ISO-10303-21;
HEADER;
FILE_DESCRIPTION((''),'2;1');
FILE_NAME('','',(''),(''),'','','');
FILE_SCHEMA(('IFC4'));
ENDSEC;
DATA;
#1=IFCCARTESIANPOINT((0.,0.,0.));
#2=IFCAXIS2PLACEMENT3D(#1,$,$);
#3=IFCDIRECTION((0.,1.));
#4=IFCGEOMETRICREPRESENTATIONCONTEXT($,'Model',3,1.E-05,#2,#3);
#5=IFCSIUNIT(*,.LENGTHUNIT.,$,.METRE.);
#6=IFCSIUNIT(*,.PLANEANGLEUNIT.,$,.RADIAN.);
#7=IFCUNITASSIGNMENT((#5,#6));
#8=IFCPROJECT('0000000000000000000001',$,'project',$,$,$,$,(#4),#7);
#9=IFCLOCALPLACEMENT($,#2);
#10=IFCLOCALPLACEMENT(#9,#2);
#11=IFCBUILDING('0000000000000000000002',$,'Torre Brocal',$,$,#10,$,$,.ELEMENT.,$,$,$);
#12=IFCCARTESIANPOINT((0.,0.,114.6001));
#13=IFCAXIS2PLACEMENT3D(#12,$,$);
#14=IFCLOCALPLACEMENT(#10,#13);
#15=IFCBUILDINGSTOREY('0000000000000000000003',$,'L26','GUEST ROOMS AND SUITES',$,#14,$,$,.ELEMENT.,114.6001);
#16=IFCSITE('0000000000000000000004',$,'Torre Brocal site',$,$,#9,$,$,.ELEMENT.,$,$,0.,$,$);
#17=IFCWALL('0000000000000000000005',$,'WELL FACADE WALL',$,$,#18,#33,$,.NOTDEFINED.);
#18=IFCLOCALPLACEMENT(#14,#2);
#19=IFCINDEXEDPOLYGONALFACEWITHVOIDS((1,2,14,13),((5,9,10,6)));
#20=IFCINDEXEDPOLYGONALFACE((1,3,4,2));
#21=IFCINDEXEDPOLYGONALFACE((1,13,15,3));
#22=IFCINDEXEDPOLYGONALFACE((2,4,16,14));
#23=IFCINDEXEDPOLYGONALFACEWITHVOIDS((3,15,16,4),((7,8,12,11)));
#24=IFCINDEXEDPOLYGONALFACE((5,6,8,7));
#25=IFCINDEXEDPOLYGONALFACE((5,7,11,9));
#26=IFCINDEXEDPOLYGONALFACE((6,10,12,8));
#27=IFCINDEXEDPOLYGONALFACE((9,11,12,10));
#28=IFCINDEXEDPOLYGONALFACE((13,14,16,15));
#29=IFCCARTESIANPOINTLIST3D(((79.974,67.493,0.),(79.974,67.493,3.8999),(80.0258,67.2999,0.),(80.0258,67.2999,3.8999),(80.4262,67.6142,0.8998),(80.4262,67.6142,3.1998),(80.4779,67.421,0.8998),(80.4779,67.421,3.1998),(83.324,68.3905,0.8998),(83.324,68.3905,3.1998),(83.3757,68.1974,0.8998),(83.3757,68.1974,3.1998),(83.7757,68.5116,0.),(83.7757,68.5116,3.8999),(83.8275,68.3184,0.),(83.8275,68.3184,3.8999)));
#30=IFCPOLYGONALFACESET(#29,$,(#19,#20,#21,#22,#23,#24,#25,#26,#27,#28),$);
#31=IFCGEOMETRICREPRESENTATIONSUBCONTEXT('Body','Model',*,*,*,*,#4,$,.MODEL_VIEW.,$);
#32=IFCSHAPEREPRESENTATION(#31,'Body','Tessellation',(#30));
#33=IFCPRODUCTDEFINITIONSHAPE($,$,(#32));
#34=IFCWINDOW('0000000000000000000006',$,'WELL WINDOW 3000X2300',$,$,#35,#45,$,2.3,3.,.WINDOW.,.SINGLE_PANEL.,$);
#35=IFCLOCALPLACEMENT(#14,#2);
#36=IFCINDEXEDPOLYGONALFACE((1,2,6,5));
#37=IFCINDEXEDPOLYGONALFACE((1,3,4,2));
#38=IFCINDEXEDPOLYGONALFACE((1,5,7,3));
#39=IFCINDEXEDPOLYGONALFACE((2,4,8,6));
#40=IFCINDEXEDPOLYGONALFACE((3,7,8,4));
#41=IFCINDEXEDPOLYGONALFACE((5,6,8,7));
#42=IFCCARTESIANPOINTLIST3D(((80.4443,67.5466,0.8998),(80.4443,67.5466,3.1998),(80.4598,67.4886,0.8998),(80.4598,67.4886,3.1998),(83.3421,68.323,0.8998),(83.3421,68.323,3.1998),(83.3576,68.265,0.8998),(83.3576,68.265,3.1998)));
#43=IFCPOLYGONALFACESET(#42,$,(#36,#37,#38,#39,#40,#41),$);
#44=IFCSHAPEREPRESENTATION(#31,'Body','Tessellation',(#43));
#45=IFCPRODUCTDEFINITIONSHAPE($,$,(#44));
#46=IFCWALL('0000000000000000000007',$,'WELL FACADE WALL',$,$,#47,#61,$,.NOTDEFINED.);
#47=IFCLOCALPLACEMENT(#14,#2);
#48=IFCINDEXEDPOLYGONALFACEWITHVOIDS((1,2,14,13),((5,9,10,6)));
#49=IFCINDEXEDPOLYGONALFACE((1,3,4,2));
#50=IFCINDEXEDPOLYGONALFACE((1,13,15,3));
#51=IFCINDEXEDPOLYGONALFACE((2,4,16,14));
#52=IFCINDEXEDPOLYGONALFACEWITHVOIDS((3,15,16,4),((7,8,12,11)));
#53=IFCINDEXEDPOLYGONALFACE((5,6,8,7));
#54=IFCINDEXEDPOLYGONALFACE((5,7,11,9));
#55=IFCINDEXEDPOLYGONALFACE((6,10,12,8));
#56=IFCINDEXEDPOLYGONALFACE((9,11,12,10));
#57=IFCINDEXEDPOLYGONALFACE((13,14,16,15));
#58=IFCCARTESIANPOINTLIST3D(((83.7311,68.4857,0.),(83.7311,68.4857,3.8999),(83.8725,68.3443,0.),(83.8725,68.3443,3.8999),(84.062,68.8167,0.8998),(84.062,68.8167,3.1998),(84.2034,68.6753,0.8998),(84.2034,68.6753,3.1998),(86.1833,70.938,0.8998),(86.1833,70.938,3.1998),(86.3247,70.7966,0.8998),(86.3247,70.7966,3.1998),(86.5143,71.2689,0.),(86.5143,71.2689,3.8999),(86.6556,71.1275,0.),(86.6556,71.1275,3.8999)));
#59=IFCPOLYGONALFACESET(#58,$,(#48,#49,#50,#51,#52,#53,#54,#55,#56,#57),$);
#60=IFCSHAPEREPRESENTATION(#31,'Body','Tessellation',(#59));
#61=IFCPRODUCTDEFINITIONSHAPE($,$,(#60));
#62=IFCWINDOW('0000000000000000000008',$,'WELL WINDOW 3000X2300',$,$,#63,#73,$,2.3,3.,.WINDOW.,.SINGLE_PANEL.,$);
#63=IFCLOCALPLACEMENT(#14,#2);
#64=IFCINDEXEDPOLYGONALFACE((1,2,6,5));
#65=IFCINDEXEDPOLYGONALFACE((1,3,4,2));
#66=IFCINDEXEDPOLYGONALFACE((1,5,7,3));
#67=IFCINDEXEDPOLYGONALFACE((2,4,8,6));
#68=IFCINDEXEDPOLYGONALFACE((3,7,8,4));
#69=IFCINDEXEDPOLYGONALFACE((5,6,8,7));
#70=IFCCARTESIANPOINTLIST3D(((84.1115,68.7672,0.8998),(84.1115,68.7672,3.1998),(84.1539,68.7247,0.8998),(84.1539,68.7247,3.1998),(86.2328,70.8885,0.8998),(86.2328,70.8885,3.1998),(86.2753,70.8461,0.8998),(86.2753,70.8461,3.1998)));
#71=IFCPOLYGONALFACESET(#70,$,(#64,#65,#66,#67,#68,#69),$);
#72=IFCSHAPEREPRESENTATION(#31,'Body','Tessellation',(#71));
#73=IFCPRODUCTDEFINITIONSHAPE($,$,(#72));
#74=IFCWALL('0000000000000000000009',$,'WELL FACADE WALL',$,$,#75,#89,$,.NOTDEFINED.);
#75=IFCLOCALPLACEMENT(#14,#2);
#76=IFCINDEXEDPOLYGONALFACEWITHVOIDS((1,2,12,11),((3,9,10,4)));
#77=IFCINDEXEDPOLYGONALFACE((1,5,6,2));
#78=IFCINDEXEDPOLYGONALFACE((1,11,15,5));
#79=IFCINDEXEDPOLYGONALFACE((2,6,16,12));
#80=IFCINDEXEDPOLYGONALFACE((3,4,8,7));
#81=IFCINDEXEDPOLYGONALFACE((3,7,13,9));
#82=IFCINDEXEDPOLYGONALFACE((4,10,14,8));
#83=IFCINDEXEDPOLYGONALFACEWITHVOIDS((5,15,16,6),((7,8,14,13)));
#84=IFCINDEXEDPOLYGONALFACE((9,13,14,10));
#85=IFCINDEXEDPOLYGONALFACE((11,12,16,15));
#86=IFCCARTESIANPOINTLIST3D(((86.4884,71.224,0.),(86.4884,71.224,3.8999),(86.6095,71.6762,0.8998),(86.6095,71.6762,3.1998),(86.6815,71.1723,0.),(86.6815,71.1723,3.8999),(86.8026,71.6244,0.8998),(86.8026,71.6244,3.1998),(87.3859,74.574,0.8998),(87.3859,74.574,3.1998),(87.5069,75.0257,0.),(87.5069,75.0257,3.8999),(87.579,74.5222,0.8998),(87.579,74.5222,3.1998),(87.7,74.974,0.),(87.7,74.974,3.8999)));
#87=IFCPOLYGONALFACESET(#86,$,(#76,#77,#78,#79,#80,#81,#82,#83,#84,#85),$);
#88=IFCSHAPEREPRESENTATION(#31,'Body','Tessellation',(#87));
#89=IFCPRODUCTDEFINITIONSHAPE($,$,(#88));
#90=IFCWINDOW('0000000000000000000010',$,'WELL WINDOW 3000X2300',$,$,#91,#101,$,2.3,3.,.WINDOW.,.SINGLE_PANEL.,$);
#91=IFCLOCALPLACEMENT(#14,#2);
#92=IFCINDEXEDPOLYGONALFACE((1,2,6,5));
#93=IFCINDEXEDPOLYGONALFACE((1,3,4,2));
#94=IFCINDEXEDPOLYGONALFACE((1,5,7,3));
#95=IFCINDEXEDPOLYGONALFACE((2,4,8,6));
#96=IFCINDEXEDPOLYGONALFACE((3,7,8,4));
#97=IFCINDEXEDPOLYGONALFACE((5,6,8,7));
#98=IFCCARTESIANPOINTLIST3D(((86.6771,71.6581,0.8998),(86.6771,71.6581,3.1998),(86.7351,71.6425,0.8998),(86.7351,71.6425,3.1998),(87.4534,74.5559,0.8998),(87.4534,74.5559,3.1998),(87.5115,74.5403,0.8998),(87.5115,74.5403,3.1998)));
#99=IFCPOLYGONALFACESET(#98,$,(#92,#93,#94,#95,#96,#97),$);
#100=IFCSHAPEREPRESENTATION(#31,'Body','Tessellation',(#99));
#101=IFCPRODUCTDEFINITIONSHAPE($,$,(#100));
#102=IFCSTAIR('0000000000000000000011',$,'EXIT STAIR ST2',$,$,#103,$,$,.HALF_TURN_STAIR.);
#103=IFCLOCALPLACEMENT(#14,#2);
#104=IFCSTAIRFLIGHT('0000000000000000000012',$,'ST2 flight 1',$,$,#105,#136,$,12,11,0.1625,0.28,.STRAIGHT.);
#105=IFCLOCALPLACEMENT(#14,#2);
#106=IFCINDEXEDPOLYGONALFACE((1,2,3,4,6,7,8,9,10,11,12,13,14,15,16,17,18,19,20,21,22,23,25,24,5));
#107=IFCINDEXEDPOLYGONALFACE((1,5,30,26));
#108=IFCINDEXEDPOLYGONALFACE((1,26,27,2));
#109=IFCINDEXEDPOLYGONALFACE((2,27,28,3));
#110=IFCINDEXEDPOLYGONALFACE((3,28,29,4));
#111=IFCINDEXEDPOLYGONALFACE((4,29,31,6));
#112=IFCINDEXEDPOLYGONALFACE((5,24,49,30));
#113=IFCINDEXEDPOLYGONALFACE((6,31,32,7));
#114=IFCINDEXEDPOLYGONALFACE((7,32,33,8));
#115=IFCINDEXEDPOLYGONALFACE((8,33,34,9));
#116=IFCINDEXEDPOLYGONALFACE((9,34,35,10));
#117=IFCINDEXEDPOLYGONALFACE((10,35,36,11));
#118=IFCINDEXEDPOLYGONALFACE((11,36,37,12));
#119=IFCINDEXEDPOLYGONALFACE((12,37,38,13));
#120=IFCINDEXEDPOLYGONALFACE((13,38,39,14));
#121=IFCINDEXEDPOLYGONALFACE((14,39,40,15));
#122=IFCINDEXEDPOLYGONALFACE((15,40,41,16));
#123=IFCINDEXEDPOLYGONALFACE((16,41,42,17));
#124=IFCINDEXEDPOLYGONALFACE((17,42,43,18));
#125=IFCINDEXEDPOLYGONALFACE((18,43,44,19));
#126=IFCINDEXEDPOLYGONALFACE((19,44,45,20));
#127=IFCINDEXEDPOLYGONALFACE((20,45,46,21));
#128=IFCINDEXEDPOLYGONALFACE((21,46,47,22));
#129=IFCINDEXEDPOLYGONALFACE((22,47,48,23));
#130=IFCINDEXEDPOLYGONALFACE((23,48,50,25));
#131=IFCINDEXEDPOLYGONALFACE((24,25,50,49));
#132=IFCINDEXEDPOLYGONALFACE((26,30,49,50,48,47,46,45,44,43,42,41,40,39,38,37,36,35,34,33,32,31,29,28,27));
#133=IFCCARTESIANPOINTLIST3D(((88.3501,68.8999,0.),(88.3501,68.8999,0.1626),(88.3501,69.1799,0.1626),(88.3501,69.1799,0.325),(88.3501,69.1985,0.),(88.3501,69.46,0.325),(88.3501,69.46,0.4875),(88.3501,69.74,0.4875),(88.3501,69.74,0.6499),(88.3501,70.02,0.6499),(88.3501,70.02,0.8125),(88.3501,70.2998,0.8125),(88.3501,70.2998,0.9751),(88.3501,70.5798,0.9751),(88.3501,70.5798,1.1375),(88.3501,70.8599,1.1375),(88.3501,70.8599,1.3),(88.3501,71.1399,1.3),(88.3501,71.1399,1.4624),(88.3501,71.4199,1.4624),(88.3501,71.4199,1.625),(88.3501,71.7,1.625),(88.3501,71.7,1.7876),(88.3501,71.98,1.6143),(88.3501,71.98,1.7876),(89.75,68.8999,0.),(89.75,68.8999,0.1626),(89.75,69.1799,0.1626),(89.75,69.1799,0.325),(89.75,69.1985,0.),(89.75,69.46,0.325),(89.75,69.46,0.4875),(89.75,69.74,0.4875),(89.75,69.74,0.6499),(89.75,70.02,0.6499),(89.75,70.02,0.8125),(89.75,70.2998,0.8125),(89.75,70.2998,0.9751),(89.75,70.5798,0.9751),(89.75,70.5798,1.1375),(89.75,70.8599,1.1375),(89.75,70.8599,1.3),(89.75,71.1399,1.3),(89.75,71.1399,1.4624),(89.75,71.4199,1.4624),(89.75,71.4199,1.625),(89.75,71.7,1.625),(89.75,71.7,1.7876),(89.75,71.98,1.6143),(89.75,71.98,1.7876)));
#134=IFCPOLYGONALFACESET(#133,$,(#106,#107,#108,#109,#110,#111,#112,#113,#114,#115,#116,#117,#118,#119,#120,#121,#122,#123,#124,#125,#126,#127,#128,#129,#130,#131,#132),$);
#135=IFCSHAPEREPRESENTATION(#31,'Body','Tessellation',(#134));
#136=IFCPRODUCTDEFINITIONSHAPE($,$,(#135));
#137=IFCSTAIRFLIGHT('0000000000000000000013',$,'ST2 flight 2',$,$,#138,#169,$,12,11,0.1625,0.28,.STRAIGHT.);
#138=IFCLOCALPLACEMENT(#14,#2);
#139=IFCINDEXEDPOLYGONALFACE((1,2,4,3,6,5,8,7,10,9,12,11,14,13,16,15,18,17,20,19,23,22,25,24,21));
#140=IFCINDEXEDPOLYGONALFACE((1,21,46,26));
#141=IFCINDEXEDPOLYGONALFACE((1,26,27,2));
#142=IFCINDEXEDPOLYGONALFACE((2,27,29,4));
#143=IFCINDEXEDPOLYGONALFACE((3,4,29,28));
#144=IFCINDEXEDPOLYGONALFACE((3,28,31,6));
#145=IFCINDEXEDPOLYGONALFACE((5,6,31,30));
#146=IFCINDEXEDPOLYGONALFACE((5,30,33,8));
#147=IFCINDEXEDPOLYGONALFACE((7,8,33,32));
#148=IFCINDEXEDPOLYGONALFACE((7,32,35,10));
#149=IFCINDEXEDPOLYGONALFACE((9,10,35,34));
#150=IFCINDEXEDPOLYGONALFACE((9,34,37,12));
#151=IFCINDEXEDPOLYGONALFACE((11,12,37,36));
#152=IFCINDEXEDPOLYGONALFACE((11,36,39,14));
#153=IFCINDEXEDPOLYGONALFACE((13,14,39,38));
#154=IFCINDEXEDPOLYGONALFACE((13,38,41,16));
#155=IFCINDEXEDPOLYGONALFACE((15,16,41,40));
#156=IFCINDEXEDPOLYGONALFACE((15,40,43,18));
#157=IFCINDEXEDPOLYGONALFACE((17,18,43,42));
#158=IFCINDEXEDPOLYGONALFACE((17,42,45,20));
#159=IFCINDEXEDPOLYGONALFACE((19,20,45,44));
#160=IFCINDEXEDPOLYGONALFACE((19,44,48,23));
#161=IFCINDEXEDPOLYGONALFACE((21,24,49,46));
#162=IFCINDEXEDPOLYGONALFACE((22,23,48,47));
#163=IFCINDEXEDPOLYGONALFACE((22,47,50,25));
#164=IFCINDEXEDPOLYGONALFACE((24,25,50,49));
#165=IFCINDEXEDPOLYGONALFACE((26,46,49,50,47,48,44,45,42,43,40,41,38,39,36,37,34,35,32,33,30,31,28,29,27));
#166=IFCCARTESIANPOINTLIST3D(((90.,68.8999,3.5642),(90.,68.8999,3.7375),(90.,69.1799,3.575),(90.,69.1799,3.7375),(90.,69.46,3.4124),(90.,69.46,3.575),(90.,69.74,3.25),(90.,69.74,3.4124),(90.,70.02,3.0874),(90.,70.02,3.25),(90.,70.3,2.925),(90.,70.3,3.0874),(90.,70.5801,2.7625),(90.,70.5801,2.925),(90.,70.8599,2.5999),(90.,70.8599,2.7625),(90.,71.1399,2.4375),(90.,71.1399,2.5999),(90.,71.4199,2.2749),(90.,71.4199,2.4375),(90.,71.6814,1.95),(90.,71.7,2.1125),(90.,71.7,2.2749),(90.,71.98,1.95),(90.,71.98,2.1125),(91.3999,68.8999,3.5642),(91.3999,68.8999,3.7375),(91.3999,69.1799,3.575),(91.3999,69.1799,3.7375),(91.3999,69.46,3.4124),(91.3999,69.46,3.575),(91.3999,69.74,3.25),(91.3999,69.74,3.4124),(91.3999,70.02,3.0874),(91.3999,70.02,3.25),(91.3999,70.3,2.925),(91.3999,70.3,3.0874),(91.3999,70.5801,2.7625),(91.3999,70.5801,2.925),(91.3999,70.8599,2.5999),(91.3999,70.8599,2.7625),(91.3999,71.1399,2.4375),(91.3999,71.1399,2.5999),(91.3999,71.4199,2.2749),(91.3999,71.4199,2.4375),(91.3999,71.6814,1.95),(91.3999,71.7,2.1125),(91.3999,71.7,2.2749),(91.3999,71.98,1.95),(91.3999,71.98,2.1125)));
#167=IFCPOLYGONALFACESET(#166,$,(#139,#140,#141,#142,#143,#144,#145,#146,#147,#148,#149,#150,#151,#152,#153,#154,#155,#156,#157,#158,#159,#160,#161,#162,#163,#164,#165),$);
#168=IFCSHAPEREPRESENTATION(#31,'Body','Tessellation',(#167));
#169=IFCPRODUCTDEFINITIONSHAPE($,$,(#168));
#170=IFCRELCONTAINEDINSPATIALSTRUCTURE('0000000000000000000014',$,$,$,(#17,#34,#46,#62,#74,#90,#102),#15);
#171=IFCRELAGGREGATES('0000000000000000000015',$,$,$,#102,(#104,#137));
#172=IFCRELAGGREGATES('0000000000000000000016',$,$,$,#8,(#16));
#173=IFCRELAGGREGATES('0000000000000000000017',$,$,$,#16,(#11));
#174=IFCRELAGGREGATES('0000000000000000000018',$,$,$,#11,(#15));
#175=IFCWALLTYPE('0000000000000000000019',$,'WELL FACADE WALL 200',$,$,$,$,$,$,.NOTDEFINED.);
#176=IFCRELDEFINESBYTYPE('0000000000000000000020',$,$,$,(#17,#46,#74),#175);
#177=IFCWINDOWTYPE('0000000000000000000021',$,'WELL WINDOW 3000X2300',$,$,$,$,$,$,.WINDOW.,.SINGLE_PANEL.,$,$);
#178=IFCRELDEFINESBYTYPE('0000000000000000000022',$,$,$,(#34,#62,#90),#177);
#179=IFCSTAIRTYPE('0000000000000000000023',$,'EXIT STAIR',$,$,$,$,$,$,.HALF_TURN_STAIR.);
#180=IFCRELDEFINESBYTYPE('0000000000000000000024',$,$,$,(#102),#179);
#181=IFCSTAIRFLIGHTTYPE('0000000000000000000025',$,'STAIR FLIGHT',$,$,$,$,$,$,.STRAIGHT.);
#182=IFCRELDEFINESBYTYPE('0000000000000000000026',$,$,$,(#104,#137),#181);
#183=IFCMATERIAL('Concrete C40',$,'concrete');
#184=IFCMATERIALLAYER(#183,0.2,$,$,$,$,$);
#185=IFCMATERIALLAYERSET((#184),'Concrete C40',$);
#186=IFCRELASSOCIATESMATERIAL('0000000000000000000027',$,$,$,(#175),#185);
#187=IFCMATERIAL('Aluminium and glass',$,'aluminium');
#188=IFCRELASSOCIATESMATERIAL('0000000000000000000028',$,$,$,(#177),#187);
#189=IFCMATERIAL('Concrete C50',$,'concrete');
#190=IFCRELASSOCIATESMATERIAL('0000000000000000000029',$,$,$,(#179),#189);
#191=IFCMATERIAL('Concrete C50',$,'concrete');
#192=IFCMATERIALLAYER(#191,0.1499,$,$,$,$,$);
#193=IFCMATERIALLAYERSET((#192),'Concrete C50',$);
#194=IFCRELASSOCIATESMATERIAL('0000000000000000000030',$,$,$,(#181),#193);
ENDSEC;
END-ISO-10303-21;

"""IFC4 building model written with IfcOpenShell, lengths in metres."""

from ifc_helpers import new_model, si_unit, direction, frame, frame_2d, origin, place, context, subcontext, project, spatial, polyline, rectangle, outline, extrude, material, layer, layer_set, type_object, element, fill, aggregate, save


model = new_model("IFC4")

# Units and contexts
model_context = context("Model", 3, precision=1e-05, world=origin(), true_north=direction((0.0, 1.0)))
body_context = subcontext(model_context, "Body", "Model", "MODEL_VIEW")
ifc_project = project(units=[si_unit("LENGTHUNIT", "METRE"), si_unit("PLANEANGLEUNIT", "RADIAN")], contexts=[model_context])

# Site, building, storey
site_placement = place(None, origin())
site = spatial("IfcSite", under=ifc_project, at=site_placement, Name="Torre Brocal site", CompositionType="ELEMENT", RefElevation=0.0)
building_placement = place(site_placement, origin())
building = spatial("IfcBuilding", under=site, at=building_placement, Name="Torre Brocal", CompositionType="ELEMENT")
storey_placement = place(building_placement, frame((0.0, 0.0, 114.6001)))
storey = spatial("IfcBuildingStorey", under=building, at=storey_placement, Name="L26", Description="GUEST ROOMS AND SUITES", CompositionType="ELEMENT", Elevation=114.6001)

# Walls, openings, windows
ifc_material_1 = material(Name="Concrete C40", Category="concrete")
ifc_layer_1 = layer(ifc_material_1, 0.2)
ifc_layer_set_1 = layer_set([ifc_layer_1], Name="Concrete C40")
wall_type_1 = type_object("IfcWallType", Name="WELL FACADE WALL 200", PredefinedType="NOTDEFINED", material=ifc_layer_set_1)
wall_1_placement = place(storey_placement, frame((80.0, 67.3965, 0.0), z_axis=(0.0, 0.0, 1.0), x_axis=(0.965934, 0.25879, 0.0)))
wall_1 = element("IfcWall", 1, at=wall_1_placement, inside=storey, type_object=wall_type_1, Name="WELL FACADE WALL", PredefinedType="NOTDEFINED", context=body_context, shape_type="SweptSolid", body=[
    extrude(rectangle(XDim=3.9358, YDim=0.2, at=frame_2d((1.9678, 0.0))), origin(), (0.0, 0.0, 1.0), 3.8999),
])
opening_1_placement = place(wall_1_placement, frame((0.468, 0.0, 0.8999)))
opening_1 = element("IfcOpeningElement", 2, at=opening_1_placement, cuts=wall_1, PredefinedType="OPENING", context=body_context, shape_type="SweptSolid", body=[
    extrude(rectangle(XDim=3.0, YDim=2.3, at=frame_2d((1.5, 1.1499))), frame((0.0, 0.1099, 0.0), z_axis=(0.0, -1.0, 0.0), x_axis=(1.0, 0.0, 0.0)), (0.0, 0.0, 1.0), 0.22),
])
ifc_material_2 = material(Name="Aluminium and glass", Category="aluminium")
window_type = type_object("IfcWindowType", Name="WELL WINDOW 3000X2300", PartitioningType="SINGLE_PANEL", PredefinedType="WINDOW", material=ifc_material_2)
window_1_placement = place(opening_1_placement, origin())
window_1 = element("IfcWindow", 3, at=window_1_placement, inside=storey, type_object=window_type, Name="WELL WINDOW 3000X2300", OverallHeight=2.3, OverallWidth=3.0, PartitioningType="SINGLE_PANEL", PredefinedType="WINDOW", context=body_context, shape_type="SweptSolid", body=[
    extrude(rectangle(XDim=3.0, YDim=2.3, at=frame_2d((1.5, 1.1499))), frame((0.0, 0.03, 0.0), z_axis=(0.0, -1.0, 0.0), x_axis=(1.0, 0.0, 0.0)), (0.0, 0.0, 1.0), 0.0601),
])
fill(opening_1, window_1)
wall_2_placement = place(storey_placement, frame((83.8018, 68.415, 0.0), z_axis=(0.0, 0.0, 1.0), x_axis=(0.707107, 0.707107, 0.0)))
wall_2 = element("IfcWall", 4, at=wall_2_placement, inside=storey, type_object=wall_type_1, Name="WELL FACADE WALL", PredefinedType="NOTDEFINED", context=body_context, shape_type="SweptSolid", body=[
    extrude(rectangle(XDim=3.936, YDim=0.2, at=frame_2d((1.968, 0.0))), origin(), (0.0, 0.0, 1.0), 3.8999),
])
opening_2_placement = place(wall_2_placement, frame((0.468, 0.0, 0.8999)))
opening_2 = element("IfcOpeningElement", 5, at=opening_2_placement, cuts=wall_2, PredefinedType="OPENING", context=body_context, shape_type="SweptSolid", body=[
    extrude(rectangle(XDim=3.0, YDim=2.3, at=frame_2d((1.5, 1.1499))), frame((0.0, 0.1099, 0.0), z_axis=(0.0, -1.0, 0.0), x_axis=(1.0, 0.0, 0.0)), (0.0, 0.0, 1.0), 0.22),
])
window_2_placement = place(opening_2_placement, origin())
window_2 = element("IfcWindow", 6, at=window_2_placement, inside=storey, type_object=window_type, Name="WELL WINDOW 3000X2300", OverallHeight=2.3, OverallWidth=3.0, PartitioningType="SINGLE_PANEL", PredefinedType="WINDOW", context=body_context, shape_type="SweptSolid", body=[
    extrude(rectangle(XDim=3.0, YDim=2.3, at=frame_2d((1.5, 1.1499))), frame((0.0, 0.03, 0.0), z_axis=(0.0, -1.0, 0.0), x_axis=(1.0, 0.0, 0.0)), (0.0, 0.0, 1.0), 0.0601),
])
fill(opening_2, window_2)
wall_3_placement = place(storey_placement, frame((86.585, 71.1982, 0.0), z_axis=(0.0, 0.0, 1.0), x_axis=(0.25879, 0.965934, 0.0)))
wall_3 = element("IfcWall", 7, at=wall_3_placement, inside=storey, type_object=wall_type_1, Name="WELL FACADE WALL", PredefinedType="NOTDEFINED", context=body_context, shape_type="SweptSolid", body=[
    extrude(rectangle(XDim=3.9358, YDim=0.2, at=frame_2d((1.9678, 0.0))), origin(), (0.0, 0.0, 1.0), 3.8999),
])
opening_3_placement = place(wall_3_placement, frame((0.468, 0.0, 0.8999)))
opening_3 = element("IfcOpeningElement", 8, at=opening_3_placement, cuts=wall_3, PredefinedType="OPENING", context=body_context, shape_type="SweptSolid", body=[
    extrude(rectangle(XDim=3.0, YDim=2.3, at=frame_2d((1.5, 1.1499))), frame((0.0, 0.1099, 0.0), z_axis=(0.0, -1.0, 0.0), x_axis=(1.0, 0.0, 0.0)), (0.0, 0.0, 1.0), 0.22),
])
window_3_placement = place(opening_3_placement, origin())
window_3 = element("IfcWindow", 9, at=window_3_placement, inside=storey, type_object=window_type, Name="WELL WINDOW 3000X2300", OverallHeight=2.3, OverallWidth=3.0, PartitioningType="SINGLE_PANEL", PredefinedType="WINDOW", context=body_context, shape_type="SweptSolid", body=[
    extrude(rectangle(XDim=3.0, YDim=2.3, at=frame_2d((1.5, 1.1499))), frame((0.0, 0.03, 0.0), z_axis=(0.0, -1.0, 0.0), x_axis=(1.0, 0.0, 0.0)), (0.0, 0.0, 1.0), 0.0601),
])
fill(opening_3, window_3)

# Stair, stair flights
ifc_material_3 = material(Name="Concrete C50", Category="concrete")
stair_type = type_object("IfcStairType", Name="EXIT STAIR", PredefinedType="HALF_TURN_STAIR", material=ifc_material_3)
stair_placement = place(storey_placement, origin())
stair = element("IfcStair", 10, at=stair_placement, inside=storey, type_object=stair_type, Name="EXIT STAIR ST2", PredefinedType="HALF_TURN_STAIR")
ifc_material_4 = material(Name="Concrete C50", Category="concrete")
ifc_layer_2 = layer(ifc_material_4, 0.1499)
ifc_layer_set_2 = layer_set([ifc_layer_2], Name="Concrete C50")
stair_flight_type = type_object("IfcStairFlightType", Name="STAIR FLIGHT", PredefinedType="STRAIGHT", material=ifc_layer_set_2)
stair_flight_1_placement = place(storey_placement, frame((89.05, 68.8999, 0.0), z_axis=(0.0, 0.0, 1.0), x_axis=(0.0, 1.0, 0.0)))
stair_flight_1 = element("IfcStairFlight", 11, at=stair_flight_1_placement, type_object=stair_flight_type, Name="ST2 flight 1", NumberOfRisers=12, NumberOfTreads=11, PredefinedType="STRAIGHT", RiserHeight=0.1625, TreadLength=0.28, context=body_context, shape_type="SweptSolid", body=[
    extrude(outline(polyline([(0.0, 0.0), (0.0, 0.1626), (0.28, 0.1626), (0.28, 0.325), (0.5601, 0.325), (0.5601, 0.4875), (0.8401, 0.4875), (0.8401, 0.6499), (1.1201, 0.6499), (1.1201, 0.8125), (1.3999, 0.8125), (1.3999, 0.9751), (1.6799, 0.9751), (1.6799, 1.1375), (1.96, 1.1375), (1.96, 1.3), (2.24, 1.3), (2.24, 1.4624), (2.52, 1.4624), (2.52, 1.625), (2.8, 1.625), (2.8, 1.7876), (3.0801, 1.7876), (3.0801, 1.95), (3.0801, 1.6143), (0.2986, 0.0), (0.0, 0.0)])), frame((0.0, 0.7, 0.0), z_axis=(0.0, -1.0, 0.0), x_axis=(1.0, 0.0, 0.0)), (0.0, 0.0, 1.0), 1.3999),
])
stair_flight_2_placement = place(storey_placement, frame((90.7, 71.98, 1.95), z_axis=(0.0, 0.0, 1.0), x_axis=(0.0, -1.0, 0.0)))
stair_flight_2 = element("IfcStairFlight", 12, at=stair_flight_2_placement, type_object=stair_flight_type, Name="ST2 flight 2", NumberOfRisers=12, NumberOfTreads=11, PredefinedType="STRAIGHT", RiserHeight=0.1625, TreadLength=0.28, context=body_context, shape_type="SweptSolid", body=[
    extrude(outline(polyline([(0.0, 0.0), (0.0, 0.1626), (0.28, 0.1626), (0.28, 0.325), (0.5601, 0.325), (0.5601, 0.4875), (0.8401, 0.4875), (0.8401, 0.6499), (1.1201, 0.6499), (1.1201, 0.8125), (1.3999, 0.8125), (1.3999, 0.9751), (1.6799, 0.9751), (1.6799, 1.1375), (1.96, 1.1375), (1.96, 1.3), (2.24, 1.3), (2.24, 1.4624), (2.52, 1.4624), (2.52, 1.625), (2.8, 1.625), (2.8, 1.7876), (3.0801, 1.7876), (3.0801, 1.95), (3.0801, 1.6143), (0.2986, 0.0), (0.0, 0.0)])), frame((0.0, 0.7, 0.0), z_axis=(0.0, -1.0, 0.0), x_axis=(1.0, 0.0, 0.0)), (0.0, 0.0, 1.0), 1.3999),
])
aggregate(stair, [stair_flight_1, stair_flight_2])

save(model, "model.ifc")
